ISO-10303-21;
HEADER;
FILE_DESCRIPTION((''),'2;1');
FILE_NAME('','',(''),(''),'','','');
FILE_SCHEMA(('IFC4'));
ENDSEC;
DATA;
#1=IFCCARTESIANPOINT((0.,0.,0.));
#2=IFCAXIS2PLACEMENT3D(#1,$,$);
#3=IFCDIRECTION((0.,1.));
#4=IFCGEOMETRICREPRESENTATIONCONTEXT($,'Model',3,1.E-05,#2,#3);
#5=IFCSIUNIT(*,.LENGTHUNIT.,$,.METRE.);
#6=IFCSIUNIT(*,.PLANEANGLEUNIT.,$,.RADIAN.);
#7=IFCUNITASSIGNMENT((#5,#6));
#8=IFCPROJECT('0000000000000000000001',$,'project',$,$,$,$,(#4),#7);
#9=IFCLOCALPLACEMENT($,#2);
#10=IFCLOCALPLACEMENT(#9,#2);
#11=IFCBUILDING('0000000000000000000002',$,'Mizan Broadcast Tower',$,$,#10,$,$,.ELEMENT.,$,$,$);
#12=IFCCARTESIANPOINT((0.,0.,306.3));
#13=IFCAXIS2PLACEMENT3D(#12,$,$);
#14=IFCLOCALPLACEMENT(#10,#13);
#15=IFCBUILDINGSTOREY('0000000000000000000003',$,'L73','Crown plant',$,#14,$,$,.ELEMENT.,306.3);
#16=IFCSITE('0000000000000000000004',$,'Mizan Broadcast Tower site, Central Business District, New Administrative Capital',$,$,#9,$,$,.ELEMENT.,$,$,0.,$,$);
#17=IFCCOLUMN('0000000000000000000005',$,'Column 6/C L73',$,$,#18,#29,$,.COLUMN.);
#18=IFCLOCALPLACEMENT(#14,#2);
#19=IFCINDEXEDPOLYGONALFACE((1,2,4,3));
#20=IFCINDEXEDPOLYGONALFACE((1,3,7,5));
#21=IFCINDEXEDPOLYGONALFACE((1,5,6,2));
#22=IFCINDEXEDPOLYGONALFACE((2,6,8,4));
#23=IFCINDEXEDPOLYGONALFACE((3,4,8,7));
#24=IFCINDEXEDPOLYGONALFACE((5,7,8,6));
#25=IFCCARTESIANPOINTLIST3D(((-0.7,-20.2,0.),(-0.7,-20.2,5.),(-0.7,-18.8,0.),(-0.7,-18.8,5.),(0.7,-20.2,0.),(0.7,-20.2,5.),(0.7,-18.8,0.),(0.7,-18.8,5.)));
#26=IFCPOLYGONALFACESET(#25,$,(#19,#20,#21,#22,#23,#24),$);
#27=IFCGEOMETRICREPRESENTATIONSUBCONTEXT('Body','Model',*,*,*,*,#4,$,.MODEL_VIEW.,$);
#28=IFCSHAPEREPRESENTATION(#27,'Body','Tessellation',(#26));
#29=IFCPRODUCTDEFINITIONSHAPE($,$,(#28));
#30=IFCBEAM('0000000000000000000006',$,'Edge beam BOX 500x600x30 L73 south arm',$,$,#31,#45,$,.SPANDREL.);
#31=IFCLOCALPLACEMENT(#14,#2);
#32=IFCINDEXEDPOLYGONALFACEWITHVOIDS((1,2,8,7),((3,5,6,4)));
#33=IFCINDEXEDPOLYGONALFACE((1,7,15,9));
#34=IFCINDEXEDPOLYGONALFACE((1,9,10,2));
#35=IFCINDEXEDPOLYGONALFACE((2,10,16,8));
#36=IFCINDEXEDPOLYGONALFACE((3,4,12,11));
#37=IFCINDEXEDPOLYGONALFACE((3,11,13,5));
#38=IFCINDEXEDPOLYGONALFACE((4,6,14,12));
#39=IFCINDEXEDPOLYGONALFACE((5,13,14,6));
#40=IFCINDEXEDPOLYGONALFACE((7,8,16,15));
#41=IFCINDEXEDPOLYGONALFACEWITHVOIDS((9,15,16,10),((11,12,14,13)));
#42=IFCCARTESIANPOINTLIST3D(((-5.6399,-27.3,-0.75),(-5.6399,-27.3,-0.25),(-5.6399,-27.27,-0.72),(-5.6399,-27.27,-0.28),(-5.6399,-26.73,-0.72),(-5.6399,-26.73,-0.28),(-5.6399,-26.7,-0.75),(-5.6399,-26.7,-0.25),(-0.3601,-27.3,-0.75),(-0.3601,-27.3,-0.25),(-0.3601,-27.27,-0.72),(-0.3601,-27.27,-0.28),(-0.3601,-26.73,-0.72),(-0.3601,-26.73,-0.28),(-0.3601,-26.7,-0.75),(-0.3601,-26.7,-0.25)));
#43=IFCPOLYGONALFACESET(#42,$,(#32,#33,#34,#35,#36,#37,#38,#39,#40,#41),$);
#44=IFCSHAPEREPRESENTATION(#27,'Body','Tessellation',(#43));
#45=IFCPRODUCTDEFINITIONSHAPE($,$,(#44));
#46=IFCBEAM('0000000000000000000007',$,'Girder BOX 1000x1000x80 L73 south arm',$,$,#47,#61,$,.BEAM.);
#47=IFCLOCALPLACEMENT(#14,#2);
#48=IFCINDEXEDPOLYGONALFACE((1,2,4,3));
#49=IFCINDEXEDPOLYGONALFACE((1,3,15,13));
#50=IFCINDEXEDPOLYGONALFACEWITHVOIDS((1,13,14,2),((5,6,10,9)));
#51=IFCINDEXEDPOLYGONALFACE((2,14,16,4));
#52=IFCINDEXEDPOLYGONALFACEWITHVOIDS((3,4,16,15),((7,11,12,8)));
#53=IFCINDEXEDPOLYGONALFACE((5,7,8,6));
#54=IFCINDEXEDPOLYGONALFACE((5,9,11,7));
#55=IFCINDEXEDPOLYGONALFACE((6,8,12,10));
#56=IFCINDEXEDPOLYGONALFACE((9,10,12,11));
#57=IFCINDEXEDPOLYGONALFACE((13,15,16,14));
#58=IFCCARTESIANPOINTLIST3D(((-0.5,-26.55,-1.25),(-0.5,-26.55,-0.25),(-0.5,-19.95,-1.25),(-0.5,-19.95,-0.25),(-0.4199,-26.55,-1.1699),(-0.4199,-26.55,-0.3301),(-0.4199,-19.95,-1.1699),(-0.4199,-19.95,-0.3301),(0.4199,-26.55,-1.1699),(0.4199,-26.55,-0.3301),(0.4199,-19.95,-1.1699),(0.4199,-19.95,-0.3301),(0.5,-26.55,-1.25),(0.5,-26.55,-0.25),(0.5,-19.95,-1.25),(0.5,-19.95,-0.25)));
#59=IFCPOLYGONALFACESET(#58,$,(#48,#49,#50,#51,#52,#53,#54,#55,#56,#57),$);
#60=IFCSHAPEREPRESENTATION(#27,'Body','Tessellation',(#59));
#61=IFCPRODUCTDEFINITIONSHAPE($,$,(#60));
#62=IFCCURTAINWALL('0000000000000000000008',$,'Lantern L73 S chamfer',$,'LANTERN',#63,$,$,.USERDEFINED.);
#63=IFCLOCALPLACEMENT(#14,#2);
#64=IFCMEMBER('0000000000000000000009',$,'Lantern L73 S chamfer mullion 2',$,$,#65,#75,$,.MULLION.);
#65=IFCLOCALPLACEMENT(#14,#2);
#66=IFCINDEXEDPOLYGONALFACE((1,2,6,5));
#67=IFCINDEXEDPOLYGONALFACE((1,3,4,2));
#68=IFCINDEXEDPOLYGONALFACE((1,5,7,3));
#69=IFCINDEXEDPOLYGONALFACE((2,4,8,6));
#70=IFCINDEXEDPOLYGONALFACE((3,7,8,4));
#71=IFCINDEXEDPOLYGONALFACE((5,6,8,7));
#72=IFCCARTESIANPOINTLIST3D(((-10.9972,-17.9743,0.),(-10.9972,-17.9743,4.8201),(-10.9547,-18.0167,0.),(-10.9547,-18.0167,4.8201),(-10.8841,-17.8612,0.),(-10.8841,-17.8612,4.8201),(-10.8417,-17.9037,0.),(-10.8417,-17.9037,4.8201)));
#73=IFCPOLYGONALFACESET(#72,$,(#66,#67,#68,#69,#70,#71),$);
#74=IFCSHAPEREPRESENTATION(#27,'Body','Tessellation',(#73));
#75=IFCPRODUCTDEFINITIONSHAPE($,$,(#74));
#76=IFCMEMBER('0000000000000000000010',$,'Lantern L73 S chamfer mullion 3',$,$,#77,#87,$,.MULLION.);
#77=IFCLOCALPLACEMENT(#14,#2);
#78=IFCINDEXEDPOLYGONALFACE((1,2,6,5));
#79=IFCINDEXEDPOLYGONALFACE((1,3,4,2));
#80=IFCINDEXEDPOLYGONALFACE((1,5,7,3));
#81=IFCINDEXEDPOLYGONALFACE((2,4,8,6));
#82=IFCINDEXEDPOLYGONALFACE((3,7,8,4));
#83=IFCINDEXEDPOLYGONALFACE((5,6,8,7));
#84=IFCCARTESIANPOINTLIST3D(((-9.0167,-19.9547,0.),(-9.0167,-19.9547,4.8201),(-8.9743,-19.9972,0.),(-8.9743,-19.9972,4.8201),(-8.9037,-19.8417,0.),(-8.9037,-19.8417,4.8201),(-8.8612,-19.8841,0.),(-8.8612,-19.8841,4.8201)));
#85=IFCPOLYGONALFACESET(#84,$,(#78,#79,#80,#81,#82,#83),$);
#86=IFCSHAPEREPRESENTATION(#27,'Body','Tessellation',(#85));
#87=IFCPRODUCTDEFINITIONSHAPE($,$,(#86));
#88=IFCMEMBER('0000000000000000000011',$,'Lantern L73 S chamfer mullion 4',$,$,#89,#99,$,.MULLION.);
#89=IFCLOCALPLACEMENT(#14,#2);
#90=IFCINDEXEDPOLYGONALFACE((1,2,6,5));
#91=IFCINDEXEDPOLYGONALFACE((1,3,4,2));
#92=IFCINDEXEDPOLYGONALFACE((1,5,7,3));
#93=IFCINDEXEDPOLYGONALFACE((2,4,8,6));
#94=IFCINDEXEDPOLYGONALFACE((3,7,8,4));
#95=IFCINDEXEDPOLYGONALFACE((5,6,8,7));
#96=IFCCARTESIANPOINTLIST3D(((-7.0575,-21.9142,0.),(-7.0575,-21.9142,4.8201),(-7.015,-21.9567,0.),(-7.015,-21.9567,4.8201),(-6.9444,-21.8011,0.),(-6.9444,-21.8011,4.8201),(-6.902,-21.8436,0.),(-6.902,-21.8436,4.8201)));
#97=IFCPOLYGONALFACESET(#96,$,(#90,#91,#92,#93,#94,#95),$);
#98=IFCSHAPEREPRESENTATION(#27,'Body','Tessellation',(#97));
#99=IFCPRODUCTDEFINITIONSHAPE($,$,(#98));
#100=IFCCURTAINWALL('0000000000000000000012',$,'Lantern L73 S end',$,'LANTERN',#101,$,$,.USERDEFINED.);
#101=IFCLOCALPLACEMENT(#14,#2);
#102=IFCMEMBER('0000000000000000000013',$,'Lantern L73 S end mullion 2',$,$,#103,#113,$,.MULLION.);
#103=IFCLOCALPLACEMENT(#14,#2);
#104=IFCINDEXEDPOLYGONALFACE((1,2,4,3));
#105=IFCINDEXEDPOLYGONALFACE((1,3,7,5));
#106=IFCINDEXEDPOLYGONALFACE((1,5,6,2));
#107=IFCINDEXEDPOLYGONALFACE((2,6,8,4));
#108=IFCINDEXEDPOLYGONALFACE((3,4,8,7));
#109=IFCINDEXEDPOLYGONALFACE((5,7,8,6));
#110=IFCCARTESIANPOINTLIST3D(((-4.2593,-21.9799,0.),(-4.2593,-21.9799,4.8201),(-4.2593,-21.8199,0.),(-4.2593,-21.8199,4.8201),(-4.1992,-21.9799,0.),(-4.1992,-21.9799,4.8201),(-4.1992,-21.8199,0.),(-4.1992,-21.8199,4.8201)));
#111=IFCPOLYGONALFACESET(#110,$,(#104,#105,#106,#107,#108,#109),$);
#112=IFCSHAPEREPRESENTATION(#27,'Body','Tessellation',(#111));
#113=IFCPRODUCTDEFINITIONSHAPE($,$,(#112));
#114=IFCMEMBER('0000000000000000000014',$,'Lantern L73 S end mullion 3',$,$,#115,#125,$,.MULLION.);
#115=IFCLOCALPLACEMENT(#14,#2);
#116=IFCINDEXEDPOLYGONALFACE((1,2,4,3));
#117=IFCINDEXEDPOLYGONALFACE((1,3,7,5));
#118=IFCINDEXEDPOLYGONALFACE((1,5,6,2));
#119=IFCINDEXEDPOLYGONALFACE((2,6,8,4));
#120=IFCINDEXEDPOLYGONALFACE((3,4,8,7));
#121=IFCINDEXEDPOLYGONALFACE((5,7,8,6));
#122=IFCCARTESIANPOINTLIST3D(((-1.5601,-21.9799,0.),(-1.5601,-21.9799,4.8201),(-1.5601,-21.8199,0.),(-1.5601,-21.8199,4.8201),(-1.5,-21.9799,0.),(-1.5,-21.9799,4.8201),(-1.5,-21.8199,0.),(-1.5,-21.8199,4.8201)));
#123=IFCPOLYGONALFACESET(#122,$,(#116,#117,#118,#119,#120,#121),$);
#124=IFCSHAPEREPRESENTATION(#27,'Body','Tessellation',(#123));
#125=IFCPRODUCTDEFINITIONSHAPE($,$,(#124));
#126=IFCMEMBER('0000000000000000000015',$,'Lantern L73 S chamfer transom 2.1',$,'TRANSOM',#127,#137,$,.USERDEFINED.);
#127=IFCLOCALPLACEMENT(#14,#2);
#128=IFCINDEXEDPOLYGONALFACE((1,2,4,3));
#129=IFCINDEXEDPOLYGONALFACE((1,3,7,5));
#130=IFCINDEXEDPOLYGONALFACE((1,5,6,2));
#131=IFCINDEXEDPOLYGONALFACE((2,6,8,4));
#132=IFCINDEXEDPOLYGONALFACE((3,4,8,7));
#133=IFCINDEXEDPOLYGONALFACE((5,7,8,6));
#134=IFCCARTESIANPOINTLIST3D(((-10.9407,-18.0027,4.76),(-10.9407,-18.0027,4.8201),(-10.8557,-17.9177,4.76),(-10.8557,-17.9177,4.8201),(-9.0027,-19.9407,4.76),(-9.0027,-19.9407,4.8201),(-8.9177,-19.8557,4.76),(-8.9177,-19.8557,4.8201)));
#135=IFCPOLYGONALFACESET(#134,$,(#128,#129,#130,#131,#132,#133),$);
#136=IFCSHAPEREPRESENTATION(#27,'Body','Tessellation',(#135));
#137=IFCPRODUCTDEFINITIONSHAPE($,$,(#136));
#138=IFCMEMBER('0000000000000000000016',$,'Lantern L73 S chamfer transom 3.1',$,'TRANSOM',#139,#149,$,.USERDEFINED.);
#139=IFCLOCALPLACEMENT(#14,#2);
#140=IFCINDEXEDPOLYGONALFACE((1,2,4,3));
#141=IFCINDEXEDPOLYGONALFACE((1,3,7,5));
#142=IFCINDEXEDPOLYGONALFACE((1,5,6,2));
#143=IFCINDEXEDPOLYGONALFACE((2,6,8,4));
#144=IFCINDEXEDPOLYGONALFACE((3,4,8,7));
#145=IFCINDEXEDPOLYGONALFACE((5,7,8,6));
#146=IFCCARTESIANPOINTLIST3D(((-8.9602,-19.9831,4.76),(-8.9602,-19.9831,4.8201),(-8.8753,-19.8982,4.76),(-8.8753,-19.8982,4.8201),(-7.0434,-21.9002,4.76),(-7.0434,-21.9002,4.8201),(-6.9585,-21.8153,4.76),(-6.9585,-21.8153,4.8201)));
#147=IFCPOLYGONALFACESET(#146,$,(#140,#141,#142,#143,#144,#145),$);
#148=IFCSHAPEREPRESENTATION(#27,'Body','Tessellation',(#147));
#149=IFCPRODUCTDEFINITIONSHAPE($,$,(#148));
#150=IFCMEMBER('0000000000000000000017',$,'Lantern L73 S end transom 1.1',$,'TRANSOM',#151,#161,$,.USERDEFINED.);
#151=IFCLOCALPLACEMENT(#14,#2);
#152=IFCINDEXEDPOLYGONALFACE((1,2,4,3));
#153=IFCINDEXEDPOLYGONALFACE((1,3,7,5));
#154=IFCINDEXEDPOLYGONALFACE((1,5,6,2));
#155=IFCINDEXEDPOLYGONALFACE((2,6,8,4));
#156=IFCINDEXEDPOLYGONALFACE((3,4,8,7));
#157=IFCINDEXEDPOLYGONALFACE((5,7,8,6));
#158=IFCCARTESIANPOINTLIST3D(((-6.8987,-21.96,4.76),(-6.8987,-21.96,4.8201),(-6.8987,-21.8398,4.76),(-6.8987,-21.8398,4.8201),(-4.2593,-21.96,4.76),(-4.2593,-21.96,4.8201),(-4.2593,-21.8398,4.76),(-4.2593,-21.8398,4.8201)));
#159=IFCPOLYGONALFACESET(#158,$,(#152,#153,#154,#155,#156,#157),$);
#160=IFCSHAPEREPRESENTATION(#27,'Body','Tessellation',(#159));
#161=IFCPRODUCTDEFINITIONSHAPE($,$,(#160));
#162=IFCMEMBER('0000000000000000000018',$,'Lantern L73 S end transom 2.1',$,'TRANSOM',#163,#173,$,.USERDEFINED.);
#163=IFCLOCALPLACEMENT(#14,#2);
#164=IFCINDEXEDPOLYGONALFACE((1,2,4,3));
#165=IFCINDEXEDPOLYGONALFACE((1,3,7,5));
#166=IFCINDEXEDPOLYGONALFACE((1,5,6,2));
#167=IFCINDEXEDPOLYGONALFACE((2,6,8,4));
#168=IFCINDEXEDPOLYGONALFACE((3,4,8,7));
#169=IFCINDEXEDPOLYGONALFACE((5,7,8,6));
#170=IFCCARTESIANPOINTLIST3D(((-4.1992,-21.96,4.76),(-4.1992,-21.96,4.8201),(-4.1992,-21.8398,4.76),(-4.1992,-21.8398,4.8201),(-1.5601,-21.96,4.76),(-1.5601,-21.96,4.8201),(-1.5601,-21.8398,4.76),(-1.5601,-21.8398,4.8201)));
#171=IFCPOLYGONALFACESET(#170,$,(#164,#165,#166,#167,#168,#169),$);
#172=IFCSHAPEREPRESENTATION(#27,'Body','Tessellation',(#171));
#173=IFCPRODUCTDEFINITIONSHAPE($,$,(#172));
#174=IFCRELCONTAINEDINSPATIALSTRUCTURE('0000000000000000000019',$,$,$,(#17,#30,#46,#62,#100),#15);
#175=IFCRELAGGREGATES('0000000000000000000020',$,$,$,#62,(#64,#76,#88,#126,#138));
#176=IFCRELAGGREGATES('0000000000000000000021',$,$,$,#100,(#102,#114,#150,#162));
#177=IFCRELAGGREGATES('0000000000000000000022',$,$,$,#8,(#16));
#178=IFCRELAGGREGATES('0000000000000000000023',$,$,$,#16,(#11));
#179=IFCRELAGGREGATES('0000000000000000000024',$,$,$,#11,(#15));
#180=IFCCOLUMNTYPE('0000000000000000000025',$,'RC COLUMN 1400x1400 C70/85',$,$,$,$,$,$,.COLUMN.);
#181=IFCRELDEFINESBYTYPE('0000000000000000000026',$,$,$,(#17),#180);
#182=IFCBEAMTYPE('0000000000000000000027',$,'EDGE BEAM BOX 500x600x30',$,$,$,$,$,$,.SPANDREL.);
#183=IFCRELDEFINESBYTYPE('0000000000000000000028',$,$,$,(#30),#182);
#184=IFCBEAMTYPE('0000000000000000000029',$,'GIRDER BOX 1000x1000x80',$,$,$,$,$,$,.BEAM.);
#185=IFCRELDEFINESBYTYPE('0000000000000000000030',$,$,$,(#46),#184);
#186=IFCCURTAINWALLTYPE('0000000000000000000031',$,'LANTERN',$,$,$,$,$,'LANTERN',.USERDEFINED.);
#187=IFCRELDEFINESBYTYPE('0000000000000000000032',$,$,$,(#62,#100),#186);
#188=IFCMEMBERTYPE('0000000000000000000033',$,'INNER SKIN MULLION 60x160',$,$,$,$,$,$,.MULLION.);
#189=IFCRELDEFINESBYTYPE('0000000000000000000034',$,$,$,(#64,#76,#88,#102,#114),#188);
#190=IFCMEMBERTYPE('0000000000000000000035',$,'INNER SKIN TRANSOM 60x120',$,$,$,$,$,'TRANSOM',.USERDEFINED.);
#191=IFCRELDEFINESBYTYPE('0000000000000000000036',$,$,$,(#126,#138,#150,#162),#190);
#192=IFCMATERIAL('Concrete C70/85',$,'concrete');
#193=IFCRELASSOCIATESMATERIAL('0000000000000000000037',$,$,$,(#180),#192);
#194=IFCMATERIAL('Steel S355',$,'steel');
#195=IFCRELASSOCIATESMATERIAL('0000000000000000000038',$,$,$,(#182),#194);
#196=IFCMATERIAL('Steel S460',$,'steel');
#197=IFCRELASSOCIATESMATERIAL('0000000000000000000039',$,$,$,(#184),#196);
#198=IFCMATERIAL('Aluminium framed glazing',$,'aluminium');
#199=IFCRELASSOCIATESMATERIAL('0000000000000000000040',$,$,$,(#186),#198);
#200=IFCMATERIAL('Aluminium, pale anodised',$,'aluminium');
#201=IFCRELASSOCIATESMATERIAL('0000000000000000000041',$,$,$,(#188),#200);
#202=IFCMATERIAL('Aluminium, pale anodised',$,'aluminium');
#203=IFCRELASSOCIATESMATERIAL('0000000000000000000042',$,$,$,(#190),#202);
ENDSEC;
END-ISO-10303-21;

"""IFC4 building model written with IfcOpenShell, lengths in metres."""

from ifc_helpers import new_model, si_unit, direction, frame, origin, origin_2d, place, context, subcontext, project, spatial, rectangle, hollow_rectangle, extrude, material, material_profile, profile_set, type_object, element, aggregate, save


model = new_model("IFC4")

# Units and contexts
model_context = context("Model", 3, precision=1e-05, world=origin(), true_north=direction((0.0, 1.0)))
body_context = subcontext(model_context, "Body", "Model", "MODEL_VIEW")
ifc_project = project(units=[si_unit("LENGTHUNIT", "METRE"), si_unit("PLANEANGLEUNIT", "RADIAN")], contexts=[model_context])

# Site, building, storey
site_placement = place(None, origin())
site = spatial("IfcSite", under=ifc_project, at=site_placement, Name="Mizan Broadcast Tower site, Central Business District, New Administrative Capital", CompositionType="ELEMENT", RefElevation=0.0)
building_placement = place(site_placement, origin())
building = spatial("IfcBuilding", under=site, at=building_placement, Name="Mizan Broadcast Tower", CompositionType="ELEMENT")
storey_placement = place(building_placement, frame((0.0, 0.0, 306.3)))
storey = spatial("IfcBuildingStorey", under=building, at=storey_placement, Name="L73", Description="Crown plant", CompositionType="ELEMENT", Elevation=306.3)

# Column
ifc_material_1 = material(Name="Concrete C70/85", Category="concrete")
ifc_material_profile_1 = material_profile(ifc_material_1, rectangle(XDim=1.3999, YDim=1.3999, at=origin_2d()), Name="RC 1400x1400")
ifc_profile_set_1 = profile_set([ifc_material_profile_1], Name="Concrete C70/85")
column_type = type_object("IfcColumnType", Name="RC COLUMN 1400x1400 C70/85", PredefinedType="COLUMN", material=ifc_profile_set_1)
column_placement = place(storey_placement, frame((0.0, -19.5, 0.0), z_axis=(0.0, 0.0, 1.0), x_axis=(1.0, 0.0, 0.0)))
element("IfcColumn", 1, at=column_placement, inside=storey, type_object=column_type, Name="Column 6/C L73", PredefinedType="COLUMN", context=body_context, shape_type="SweptSolid", body=[
    extrude(rectangle(XDim=1.3999, YDim=1.3999, at=origin_2d()), origin(), (0.0, 0.0, 1.0), 5.0),
])

# Beams
ifc_material_2 = material(Name="Steel S355", Category="steel")
ifc_material_profile_2 = material_profile(ifc_material_2, hollow_rectangle(XDim=0.6001, YDim=0.5, WallThickness=0.03, at=origin_2d()), Name="BOX 500x600x30")
ifc_profile_set_2 = profile_set([ifc_material_profile_2], Name="Steel S355")
beam_type_1 = type_object("IfcBeamType", Name="EDGE BEAM BOX 500x600x30", PredefinedType="SPANDREL", material=ifc_profile_set_2)
beam_1_placement = place(storey_placement, frame((-5.6399, -27.0, -0.5), z_axis=(1.0, 0.0, 0.0), x_axis=(0.0, 1.0, 0.0)))
element("IfcBeam", 2, at=beam_1_placement, inside=storey, type_object=beam_type_1, Name="Edge beam BOX 500x600x30 L73 south arm", PredefinedType="SPANDREL", context=body_context, shape_type="SweptSolid", body=[
    extrude(hollow_rectangle(XDim=0.6001, YDim=0.5, WallThickness=0.03, at=origin_2d()), origin(), (0.0, 0.0, 1.0), 5.2798),
])
ifc_material_3 = material(Name="Steel S460", Category="steel")
ifc_material_profile_3 = material_profile(ifc_material_3, hollow_rectangle(XDim=1.0, YDim=1.0, WallThickness=0.0801, at=origin_2d()), Name="BOX 1000x1000x80")
ifc_profile_set_3 = profile_set([ifc_material_profile_3], Name="Steel S460")
beam_type_2 = type_object("IfcBeamType", Name="GIRDER BOX 1000x1000x80", PredefinedType="BEAM", material=ifc_profile_set_3)
beam_2_placement = place(storey_placement, frame((0.0, -19.95, -0.75), z_axis=(0.0, -1.0, 0.0), x_axis=(1.0, 0.0, 0.0)))
element("IfcBeam", 3, at=beam_2_placement, inside=storey, type_object=beam_type_2, Name="Girder BOX 1000x1000x80 L73 south arm", PredefinedType="BEAM", context=body_context, shape_type="SweptSolid", body=[
    extrude(hollow_rectangle(XDim=1.0, YDim=1.0, WallThickness=0.0801, at=origin_2d()), origin(), (0.0, 0.0, 1.0), 6.6001),
])

# Curtain walls, members
ifc_material_4 = material(Name="Aluminium framed glazing", Category="aluminium")
curtain_wall_type = type_object("IfcCurtainWallType", Name="LANTERN", ElementType="LANTERN", PredefinedType="USERDEFINED", material=ifc_material_4)
curtain_wall_1_placement = place(storey_placement, origin())
curtain_wall_1 = element("IfcCurtainWall", 4, at=curtain_wall_1_placement, inside=storey, type_object=curtain_wall_type, Name="Lantern L73 S chamfer", ObjectType="LANTERN", PredefinedType="USERDEFINED")
ifc_material_5 = material(Name="Aluminium, pale anodised", Category="aluminium")
ifc_material_profile_4 = material_profile(ifc_material_5, rectangle(XDim=0.1599, YDim=0.0601, at=origin_2d()), Name="MULLION 160x60")
ifc_profile_set_4 = profile_set([ifc_material_profile_4], Name="Aluminium, pale anodised")
member_type_1 = type_object("IfcMemberType", Name="INNER SKIN MULLION 60x160", PredefinedType="MULLION", material=ifc_profile_set_4)
member_1_placement = place(storey_placement, frame((-10.9194, -17.939, 0.0), z_axis=(0.0, 0.0, 1.0), x_axis=(0.707107, 0.707107, 0.0)))
member_1 = element("IfcMember", 5, at=member_1_placement, type_object=member_type_1, Name="Lantern L73 S chamfer mullion 2", PredefinedType="MULLION", context=body_context, shape_type="SweptSolid", body=[
    extrude(rectangle(XDim=0.1599, YDim=0.0601, at=origin_2d()), origin(), (0.0, 0.0, 1.0), 4.8201),
])
member_2_placement = place(storey_placement, frame((-8.939, -19.9194, 0.0), z_axis=(0.0, 0.0, 1.0), x_axis=(0.707107, 0.707107, 0.0)))
member_2 = element("IfcMember", 6, at=member_2_placement, type_object=member_type_1, Name="Lantern L73 S chamfer mullion 3", PredefinedType="MULLION", context=body_context, shape_type="SweptSolid", body=[
    extrude(rectangle(XDim=0.1599, YDim=0.0601, at=origin_2d()), origin(), (0.0, 0.0, 1.0), 4.8201),
])
member_3_placement = place(storey_placement, frame((-6.9797, -21.8789, 0.0), z_axis=(0.0, 0.0, 1.0), x_axis=(0.707107, 0.707107, 0.0)))
member_3 = element("IfcMember", 7, at=member_3_placement, type_object=member_type_1, Name="Lantern L73 S chamfer mullion 4", PredefinedType="MULLION", context=body_context, shape_type="SweptSolid", body=[
    extrude(rectangle(XDim=0.1599, YDim=0.0601, at=origin_2d()), origin(), (0.0, 0.0, 1.0), 4.8201),
])
curtain_wall_2_placement = place(storey_placement, origin())
curtain_wall_2 = element("IfcCurtainWall", 8, at=curtain_wall_2_placement, inside=storey, type_object=curtain_wall_type, Name="Lantern L73 S end", ObjectType="LANTERN", PredefinedType="USERDEFINED")
member_4_placement = place(storey_placement, frame((-4.2292, -21.8999, 0.0), z_axis=(0.0, 0.0, 1.0), x_axis=(0.0, 1.0, 0.0)))
member_4 = element("IfcMember", 9, at=member_4_placement, type_object=member_type_1, Name="Lantern L73 S end mullion 2", PredefinedType="MULLION", context=body_context, shape_type="SweptSolid", body=[
    extrude(rectangle(XDim=0.1599, YDim=0.0601, at=origin_2d()), origin(), (0.0, 0.0, 1.0), 4.8201),
])
member_5_placement = place(storey_placement, frame((-1.53, -21.8999, 0.0), z_axis=(0.0, 0.0, 1.0), x_axis=(0.0, 1.0, 0.0)))
member_5 = element("IfcMember", 10, at=member_5_placement, type_object=member_type_1, Name="Lantern L73 S end mullion 3", PredefinedType="MULLION", context=body_context, shape_type="SweptSolid", body=[
    extrude(rectangle(XDim=0.1599, YDim=0.0601, at=origin_2d()), origin(), (0.0, 0.0, 1.0), 4.8201),
])

# Members
ifc_material_6 = material(Name="Aluminium, pale anodised", Category="aluminium")
ifc_material_profile_5 = material_profile(ifc_material_6, rectangle(XDim=0.1201, YDim=0.0601, at=origin_2d()), Name="TRANSOM 120x60")
ifc_profile_set_5 = profile_set([ifc_material_profile_5], Name="Aluminium, pale anodised")
member_type_2 = type_object("IfcMemberType", Name="INNER SKIN TRANSOM 60x120", ElementType="TRANSOM", PredefinedType="USERDEFINED", material=ifc_profile_set_5)
member_6_placement = place(storey_placement, frame((-10.8982, -17.9602, 4.79), z_axis=(0.707107, -0.707107, 0.0), x_axis=(0.707107, 0.707107, 0.0)))
member_6 = element("IfcMember", 11, at=member_6_placement, type_object=member_type_2, Name="Lantern L73 S chamfer transom 2.1", ObjectType="TRANSOM", PredefinedType="USERDEFINED", context=body_context, shape_type="SweptSolid", body=[
    extrude(rectangle(XDim=0.1201, YDim=0.0601, at=origin_2d()), origin(), (0.0, 0.0, 1.0), 2.7407),
])
member_7_placement = place(storey_placement, frame((-8.9177, -19.9407, 4.79), z_axis=(0.707062, -0.707152, 0.0), x_axis=(0.707152, 0.707062, 0.0)))
member_7 = element("IfcMember", 12, at=member_7_placement, type_object=member_type_2, Name="Lantern L73 S chamfer transom 3.1", ObjectType="TRANSOM", PredefinedType="USERDEFINED", context=body_context, shape_type="SweptSolid", body=[
    extrude(rectangle(XDim=0.1201, YDim=0.0601, at=origin_2d()), origin(), (0.0, 0.0, 1.0), 2.7109),
])
member_8_placement = place(storey_placement, frame((-6.8987, -21.8999, 4.79), z_axis=(1.0, 0.0, 0.0), x_axis=(0.0, 1.0, 0.0)))
member_8 = element("IfcMember", 13, at=member_8_placement, type_object=member_type_2, Name="Lantern L73 S end transom 1.1", ObjectType="TRANSOM", PredefinedType="USERDEFINED", context=body_context, shape_type="SweptSolid", body=[
    extrude(rectangle(XDim=0.1201, YDim=0.0601, at=origin_2d()), origin(), (0.0, 0.0, 1.0), 2.6394),
])
member_9_placement = place(storey_placement, frame((-4.1992, -21.8999, 4.79), z_axis=(1.0, 0.0, 0.0), x_axis=(0.0, 1.0, 0.0)))
member_9 = element("IfcMember", 14, at=member_9_placement, type_object=member_type_2, Name="Lantern L73 S end transom 2.1", ObjectType="TRANSOM", PredefinedType="USERDEFINED", context=body_context, shape_type="SweptSolid", body=[
    extrude(rectangle(XDim=0.1201, YDim=0.0601, at=origin_2d()), origin(), (0.0, 0.0, 1.0), 2.6392),
])

aggregate(curtain_wall_1, [member_1, member_2, member_3, member_6, member_7])
aggregate(curtain_wall_2, [member_4, member_5, member_8, member_9])

save(model, "model.ifc")
